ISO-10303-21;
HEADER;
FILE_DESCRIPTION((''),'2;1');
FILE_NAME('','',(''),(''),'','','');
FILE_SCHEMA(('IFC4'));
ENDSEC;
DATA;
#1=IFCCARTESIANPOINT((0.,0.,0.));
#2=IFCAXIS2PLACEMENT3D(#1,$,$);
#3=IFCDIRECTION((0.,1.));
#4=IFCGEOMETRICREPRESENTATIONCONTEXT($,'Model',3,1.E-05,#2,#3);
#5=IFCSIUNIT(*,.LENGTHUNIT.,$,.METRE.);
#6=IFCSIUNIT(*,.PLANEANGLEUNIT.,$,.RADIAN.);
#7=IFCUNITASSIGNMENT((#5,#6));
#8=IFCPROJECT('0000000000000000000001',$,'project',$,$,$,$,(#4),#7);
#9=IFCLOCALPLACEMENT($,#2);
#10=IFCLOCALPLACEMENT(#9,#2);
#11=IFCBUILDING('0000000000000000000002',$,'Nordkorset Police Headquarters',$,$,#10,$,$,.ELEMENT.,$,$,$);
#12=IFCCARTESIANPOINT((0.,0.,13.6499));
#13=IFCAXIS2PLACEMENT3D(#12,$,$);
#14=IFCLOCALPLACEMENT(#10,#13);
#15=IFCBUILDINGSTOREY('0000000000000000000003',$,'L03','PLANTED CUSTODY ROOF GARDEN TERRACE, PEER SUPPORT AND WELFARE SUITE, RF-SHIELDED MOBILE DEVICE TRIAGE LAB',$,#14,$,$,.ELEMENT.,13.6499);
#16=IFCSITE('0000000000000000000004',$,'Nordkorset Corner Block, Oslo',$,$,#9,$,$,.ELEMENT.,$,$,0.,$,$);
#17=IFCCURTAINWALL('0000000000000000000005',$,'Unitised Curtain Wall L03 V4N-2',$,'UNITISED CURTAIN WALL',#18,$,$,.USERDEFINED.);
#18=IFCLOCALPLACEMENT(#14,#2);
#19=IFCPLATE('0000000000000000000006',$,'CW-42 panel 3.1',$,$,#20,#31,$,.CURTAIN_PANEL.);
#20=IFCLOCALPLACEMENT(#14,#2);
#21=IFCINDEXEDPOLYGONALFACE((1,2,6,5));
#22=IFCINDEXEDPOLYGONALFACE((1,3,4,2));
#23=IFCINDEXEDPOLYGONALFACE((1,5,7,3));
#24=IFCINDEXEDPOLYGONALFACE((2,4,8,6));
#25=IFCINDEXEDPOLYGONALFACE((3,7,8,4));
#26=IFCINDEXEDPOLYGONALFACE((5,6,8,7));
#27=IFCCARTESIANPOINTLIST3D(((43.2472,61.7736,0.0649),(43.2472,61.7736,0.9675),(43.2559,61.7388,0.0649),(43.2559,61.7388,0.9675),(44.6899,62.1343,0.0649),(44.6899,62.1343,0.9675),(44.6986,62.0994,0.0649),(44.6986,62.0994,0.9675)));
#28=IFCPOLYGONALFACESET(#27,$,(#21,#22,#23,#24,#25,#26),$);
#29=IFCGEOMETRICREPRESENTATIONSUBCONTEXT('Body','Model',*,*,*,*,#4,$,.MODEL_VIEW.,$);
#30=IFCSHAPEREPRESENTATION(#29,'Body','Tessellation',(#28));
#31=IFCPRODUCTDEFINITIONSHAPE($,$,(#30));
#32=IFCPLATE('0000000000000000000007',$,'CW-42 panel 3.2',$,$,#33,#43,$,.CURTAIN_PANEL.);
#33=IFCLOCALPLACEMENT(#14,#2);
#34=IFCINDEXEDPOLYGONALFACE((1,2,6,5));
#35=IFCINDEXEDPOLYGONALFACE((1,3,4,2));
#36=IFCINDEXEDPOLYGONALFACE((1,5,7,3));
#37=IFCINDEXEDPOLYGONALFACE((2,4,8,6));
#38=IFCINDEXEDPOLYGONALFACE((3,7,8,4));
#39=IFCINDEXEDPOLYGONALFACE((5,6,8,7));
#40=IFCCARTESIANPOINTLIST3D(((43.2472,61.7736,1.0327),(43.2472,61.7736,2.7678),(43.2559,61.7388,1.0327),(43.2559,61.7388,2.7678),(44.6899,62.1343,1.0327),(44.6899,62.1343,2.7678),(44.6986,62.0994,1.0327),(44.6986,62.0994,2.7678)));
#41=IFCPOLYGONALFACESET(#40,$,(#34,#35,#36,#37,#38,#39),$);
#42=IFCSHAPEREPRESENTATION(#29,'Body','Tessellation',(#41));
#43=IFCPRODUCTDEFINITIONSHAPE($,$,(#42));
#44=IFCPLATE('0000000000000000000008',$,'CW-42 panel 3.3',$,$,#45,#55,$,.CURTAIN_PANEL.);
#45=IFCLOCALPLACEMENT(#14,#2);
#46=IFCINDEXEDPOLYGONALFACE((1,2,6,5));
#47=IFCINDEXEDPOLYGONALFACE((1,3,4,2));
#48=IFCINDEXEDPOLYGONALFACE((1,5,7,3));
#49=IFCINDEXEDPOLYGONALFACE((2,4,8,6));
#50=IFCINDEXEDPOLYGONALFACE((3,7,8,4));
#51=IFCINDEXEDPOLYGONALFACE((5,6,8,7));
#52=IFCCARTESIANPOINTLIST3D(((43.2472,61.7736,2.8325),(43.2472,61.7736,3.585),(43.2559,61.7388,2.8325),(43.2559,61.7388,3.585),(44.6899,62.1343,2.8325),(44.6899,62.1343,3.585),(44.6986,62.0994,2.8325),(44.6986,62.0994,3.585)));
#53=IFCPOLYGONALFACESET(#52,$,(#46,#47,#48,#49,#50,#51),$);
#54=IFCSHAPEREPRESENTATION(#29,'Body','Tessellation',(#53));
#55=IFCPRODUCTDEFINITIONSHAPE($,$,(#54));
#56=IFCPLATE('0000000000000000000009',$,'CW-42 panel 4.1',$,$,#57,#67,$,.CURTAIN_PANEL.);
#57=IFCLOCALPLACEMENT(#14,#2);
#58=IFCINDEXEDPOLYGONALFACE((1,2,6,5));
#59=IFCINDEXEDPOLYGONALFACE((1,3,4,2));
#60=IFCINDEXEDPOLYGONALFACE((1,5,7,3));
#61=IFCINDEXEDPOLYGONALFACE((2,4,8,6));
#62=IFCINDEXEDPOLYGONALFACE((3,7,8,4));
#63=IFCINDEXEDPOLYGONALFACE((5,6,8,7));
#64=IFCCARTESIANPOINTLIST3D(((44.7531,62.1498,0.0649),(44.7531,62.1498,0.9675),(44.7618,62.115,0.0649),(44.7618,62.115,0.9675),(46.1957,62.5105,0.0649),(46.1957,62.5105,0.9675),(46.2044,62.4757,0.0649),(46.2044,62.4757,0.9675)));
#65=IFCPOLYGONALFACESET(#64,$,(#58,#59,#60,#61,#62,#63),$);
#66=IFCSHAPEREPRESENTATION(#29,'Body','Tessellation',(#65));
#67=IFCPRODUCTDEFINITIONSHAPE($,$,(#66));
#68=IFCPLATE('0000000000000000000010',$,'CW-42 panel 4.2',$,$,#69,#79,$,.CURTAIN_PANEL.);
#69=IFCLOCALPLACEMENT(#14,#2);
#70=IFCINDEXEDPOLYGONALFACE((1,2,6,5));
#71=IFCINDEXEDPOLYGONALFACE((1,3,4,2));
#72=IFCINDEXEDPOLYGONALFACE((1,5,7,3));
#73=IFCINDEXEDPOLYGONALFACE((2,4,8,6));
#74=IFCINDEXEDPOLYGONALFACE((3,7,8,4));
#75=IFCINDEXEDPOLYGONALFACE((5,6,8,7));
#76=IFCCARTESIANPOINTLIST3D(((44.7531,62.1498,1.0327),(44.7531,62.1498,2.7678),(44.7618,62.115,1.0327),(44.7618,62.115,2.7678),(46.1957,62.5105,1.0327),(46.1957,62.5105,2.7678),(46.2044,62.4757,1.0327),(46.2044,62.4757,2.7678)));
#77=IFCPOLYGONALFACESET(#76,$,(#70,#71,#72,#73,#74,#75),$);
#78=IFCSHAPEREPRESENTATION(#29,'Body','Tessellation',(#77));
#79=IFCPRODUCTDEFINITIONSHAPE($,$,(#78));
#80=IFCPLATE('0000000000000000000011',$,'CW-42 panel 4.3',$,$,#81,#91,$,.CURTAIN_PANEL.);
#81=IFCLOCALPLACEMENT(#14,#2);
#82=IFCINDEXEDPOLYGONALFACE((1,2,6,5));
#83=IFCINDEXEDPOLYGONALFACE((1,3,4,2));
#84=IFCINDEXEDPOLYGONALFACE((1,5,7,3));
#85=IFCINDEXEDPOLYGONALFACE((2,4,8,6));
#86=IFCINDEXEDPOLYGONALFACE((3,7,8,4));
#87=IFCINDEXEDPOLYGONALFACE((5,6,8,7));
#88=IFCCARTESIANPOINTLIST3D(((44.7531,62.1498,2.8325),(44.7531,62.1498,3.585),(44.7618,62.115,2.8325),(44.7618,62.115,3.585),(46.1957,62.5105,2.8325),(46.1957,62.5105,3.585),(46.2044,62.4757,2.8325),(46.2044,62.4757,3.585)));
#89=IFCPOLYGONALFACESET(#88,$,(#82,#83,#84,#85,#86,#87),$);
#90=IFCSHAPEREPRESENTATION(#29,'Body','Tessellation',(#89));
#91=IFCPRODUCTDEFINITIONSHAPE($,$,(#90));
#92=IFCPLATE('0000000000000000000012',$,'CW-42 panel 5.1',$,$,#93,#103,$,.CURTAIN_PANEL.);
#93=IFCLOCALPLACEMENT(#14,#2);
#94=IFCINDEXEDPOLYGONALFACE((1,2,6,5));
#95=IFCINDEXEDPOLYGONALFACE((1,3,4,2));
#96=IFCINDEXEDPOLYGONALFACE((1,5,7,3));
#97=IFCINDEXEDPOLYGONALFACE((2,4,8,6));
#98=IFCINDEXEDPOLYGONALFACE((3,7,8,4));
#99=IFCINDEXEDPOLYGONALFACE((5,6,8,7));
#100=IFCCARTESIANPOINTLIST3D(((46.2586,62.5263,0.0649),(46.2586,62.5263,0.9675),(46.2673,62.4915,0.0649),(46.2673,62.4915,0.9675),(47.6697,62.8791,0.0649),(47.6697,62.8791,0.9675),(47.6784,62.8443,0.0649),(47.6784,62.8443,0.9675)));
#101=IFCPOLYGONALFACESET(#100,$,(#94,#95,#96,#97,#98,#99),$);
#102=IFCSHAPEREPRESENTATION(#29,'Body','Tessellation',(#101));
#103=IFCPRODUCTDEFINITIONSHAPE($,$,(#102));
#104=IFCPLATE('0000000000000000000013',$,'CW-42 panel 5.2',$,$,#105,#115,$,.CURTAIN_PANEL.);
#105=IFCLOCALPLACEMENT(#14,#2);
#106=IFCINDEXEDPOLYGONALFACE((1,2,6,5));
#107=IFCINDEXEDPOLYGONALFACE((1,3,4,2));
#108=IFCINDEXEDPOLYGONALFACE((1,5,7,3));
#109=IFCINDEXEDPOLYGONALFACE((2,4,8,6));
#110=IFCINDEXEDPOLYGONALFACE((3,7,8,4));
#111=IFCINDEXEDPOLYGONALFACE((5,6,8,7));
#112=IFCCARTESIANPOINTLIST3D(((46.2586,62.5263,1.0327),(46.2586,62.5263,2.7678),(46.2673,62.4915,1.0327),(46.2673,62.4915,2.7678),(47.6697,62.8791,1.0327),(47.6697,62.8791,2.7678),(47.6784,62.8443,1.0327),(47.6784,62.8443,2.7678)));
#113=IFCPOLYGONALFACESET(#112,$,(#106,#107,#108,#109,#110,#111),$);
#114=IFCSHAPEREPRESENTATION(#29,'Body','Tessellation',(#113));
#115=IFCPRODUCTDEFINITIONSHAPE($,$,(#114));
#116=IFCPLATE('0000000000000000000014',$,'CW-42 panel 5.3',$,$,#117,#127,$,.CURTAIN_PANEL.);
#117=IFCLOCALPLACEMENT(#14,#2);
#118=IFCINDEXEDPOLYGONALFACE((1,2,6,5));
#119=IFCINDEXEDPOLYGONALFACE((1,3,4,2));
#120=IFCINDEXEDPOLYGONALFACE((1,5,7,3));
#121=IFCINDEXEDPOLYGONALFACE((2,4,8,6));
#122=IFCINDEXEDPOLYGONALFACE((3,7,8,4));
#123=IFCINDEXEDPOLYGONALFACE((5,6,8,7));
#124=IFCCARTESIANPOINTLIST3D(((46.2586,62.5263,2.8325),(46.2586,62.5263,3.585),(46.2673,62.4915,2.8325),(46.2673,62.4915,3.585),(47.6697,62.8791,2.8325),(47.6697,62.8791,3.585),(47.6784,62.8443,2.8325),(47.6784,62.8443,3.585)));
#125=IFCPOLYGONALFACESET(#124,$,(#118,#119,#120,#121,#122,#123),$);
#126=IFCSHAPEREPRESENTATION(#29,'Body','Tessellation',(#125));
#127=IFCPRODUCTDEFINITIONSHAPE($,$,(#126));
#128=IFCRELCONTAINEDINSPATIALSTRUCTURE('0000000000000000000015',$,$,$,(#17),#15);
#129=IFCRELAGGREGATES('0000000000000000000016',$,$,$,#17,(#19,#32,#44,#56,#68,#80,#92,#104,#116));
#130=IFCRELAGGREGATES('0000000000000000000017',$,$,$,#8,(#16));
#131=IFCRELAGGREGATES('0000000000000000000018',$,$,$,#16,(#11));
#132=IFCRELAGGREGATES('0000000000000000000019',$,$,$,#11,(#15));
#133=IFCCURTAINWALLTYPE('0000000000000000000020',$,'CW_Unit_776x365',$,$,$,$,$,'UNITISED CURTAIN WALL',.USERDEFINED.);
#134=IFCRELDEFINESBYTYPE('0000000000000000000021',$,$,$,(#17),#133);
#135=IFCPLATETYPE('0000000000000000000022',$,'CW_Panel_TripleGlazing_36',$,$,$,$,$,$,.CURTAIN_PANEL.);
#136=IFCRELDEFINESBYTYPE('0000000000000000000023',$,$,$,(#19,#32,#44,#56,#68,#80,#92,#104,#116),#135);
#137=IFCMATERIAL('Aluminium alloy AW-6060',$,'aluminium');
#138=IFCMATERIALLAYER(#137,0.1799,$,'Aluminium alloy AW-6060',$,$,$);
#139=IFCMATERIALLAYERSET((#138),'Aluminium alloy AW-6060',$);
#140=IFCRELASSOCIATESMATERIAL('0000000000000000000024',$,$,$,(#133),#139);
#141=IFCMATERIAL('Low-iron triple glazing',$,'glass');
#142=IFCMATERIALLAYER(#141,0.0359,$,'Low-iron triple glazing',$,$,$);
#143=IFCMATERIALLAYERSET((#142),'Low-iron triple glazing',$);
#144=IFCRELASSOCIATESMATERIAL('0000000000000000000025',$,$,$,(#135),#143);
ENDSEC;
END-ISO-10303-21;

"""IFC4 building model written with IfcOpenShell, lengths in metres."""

from ifc_helpers import new_model, si_unit, direction, frame, origin, origin_2d, place, context, subcontext, project, spatial, rectangle, extrude, material, layer, layer_set, type_object, element, aggregate, save


model = new_model("IFC4")

# Units and contexts
model_context = context("Model", 3, precision=1e-05, world=origin(), true_north=direction((0.0, 1.0)))
body_context = subcontext(model_context, "Body", "Model", "MODEL_VIEW")
ifc_project = project(units=[si_unit("LENGTHUNIT", "METRE"), si_unit("PLANEANGLEUNIT", "RADIAN")], contexts=[model_context])

# Site, building, storey
site_placement = place(None, origin())
site = spatial("IfcSite", under=ifc_project, at=site_placement, Name="Nordkorset Corner Block, Oslo", CompositionType="ELEMENT", RefElevation=0.0)
building_placement = place(site_placement, origin())
building = spatial("IfcBuilding", under=site, at=building_placement, Name="Nordkorset Police Headquarters", CompositionType="ELEMENT")
storey_placement = place(building_placement, frame((0.0, 0.0, 13.6499)))
storey = spatial("IfcBuildingStorey", under=building, at=storey_placement, Name="L03", Description="PLANTED CUSTODY ROOF GARDEN TERRACE, PEER SUPPORT AND WELFARE SUITE, RF-SHIELDED MOBILE DEVICE TRIAGE LAB", CompositionType="ELEMENT", Elevation=13.6499)

# Curtain wall, plates
ifc_material_1 = material(Name="Aluminium alloy AW-6060", Category="aluminium")
ifc_layer_1 = layer(ifc_material_1, 0.1799, Name="Aluminium alloy AW-6060")
ifc_layer_set_1 = layer_set([ifc_layer_1], Name="Aluminium alloy AW-6060")
curtain_wall_type = type_object("IfcCurtainWallType", Name="CW_Unit_776x365", ElementType="UNITISED CURTAIN WALL", PredefinedType="USERDEFINED", material=ifc_layer_set_1)
curtain_wall_placement = place(storey_placement, origin())
curtain_wall = element("IfcCurtainWall", 1, at=curtain_wall_placement, inside=storey, type_object=curtain_wall_type, Name="Unitised Curtain Wall L03 V4N-2", ObjectType="UNITISED CURTAIN WALL", PredefinedType="USERDEFINED")
ifc_material_2 = material(Name="Low-iron triple glazing", Category="glass")
ifc_layer_2 = layer(ifc_material_2, 0.0359, Name="Low-iron triple glazing")
ifc_layer_set_2 = layer_set([ifc_layer_2], Name="Low-iron triple glazing")
plate_type = type_object("IfcPlateType", Name="CW_Panel_TripleGlazing_36", PredefinedType="CURTAIN_PANEL", material=ifc_layer_set_2)
plate_1_placement = place(storey_placement, frame((43.9729, 61.9365, 0.0649), z_axis=(0.0, 0.0, 1.0), x_axis=(0.970142, 0.242536, 0.0)))
plate_1 = element("IfcPlate", 2, at=plate_1_placement, type_object=plate_type, Name="CW-42 panel 3.1", PredefinedType="CURTAIN_PANEL", context=body_context, shape_type="SweptSolid", body=[
    extrude(rectangle(XDim=1.4871, YDim=0.0359, at=origin_2d()), origin(), (0.0, 0.0, 1.0), 0.9026),
])
plate_2_placement = place(storey_placement, frame((43.9729, 61.9365, 1.0327), z_axis=(0.0, 0.0, 1.0), x_axis=(0.970142, 0.242536, 0.0)))
plate_2 = element("IfcPlate", 3, at=plate_2_placement, type_object=plate_type, Name="CW-42 panel 3.2", PredefinedType="CURTAIN_PANEL", context=body_context, shape_type="SweptSolid", body=[
    extrude(rectangle(XDim=1.4871, YDim=0.0359, at=origin_2d()), origin(), (0.0, 0.0, 1.0), 1.7351),
])
plate_3_placement = place(storey_placement, frame((43.9729, 61.9365, 2.8325), z_axis=(0.0, 0.0, 1.0), x_axis=(0.970142, 0.242536, 0.0)))
plate_3 = element("IfcPlate", 4, at=plate_3_placement, type_object=plate_type, Name="CW-42 panel 3.3", PredefinedType="CURTAIN_PANEL", context=body_context, shape_type="SweptSolid", body=[
    extrude(rectangle(XDim=1.4871, YDim=0.0359, at=origin_2d()), origin(), (0.0, 0.0, 1.0), 0.7524),
])
plate_4_placement = place(storey_placement, frame((45.4788, 62.3127, 0.0649), z_axis=(0.0, 0.0, 1.0), x_axis=(0.970142, 0.242536, 0.0)))
plate_4 = element("IfcPlate", 5, at=plate_4_placement, type_object=plate_type, Name="CW-42 panel 4.1", PredefinedType="CURTAIN_PANEL", context=body_context, shape_type="SweptSolid", body=[
    extrude(rectangle(XDim=1.4871, YDim=0.0359, at=origin_2d()), origin(), (0.0, 0.0, 1.0), 0.9026),
])
plate_5_placement = place(storey_placement, frame((45.4788, 62.3127, 1.0327), z_axis=(0.0, 0.0, 1.0), x_axis=(0.970142, 0.242536, 0.0)))
plate_5 = element("IfcPlate", 6, at=plate_5_placement, type_object=plate_type, Name="CW-42 panel 4.2", PredefinedType="CURTAIN_PANEL", context=body_context, shape_type="SweptSolid", body=[
    extrude(rectangle(XDim=1.4871, YDim=0.0359, at=origin_2d()), origin(), (0.0, 0.0, 1.0), 1.7351),
])
plate_6_placement = place(storey_placement, frame((45.4788, 62.3127, 2.8325), z_axis=(0.0, 0.0, 1.0), x_axis=(0.970142, 0.242536, 0.0)))
plate_6 = element("IfcPlate", 7, at=plate_6_placement, type_object=plate_type, Name="CW-42 panel 4.3", PredefinedType="CURTAIN_PANEL", context=body_context, shape_type="SweptSolid", body=[
    extrude(rectangle(XDim=1.4871, YDim=0.0359, at=origin_2d()), origin(), (0.0, 0.0, 1.0), 0.7524),
])
plate_7_placement = place(storey_placement, frame((46.9685, 62.6853, 0.0649), z_axis=(0.0, 0.0, 1.0), x_axis=(0.970142, 0.242536, 0.0)))
plate_7 = element("IfcPlate", 8, at=plate_7_placement, type_object=plate_type, Name="CW-42 panel 5.1", PredefinedType="CURTAIN_PANEL", context=body_context, shape_type="SweptSolid", body=[
    extrude(rectangle(XDim=1.4546, YDim=0.0359, at=origin_2d()), origin(), (0.0, 0.0, 1.0), 0.9026),
])
plate_8_placement = place(storey_placement, frame((46.9685, 62.6853, 1.0327), z_axis=(0.0, 0.0, 1.0), x_axis=(0.970142, 0.242536, 0.0)))
plate_8 = element("IfcPlate", 9, at=plate_8_placement, type_object=plate_type, Name="CW-42 panel 5.2", PredefinedType="CURTAIN_PANEL", context=body_context, shape_type="SweptSolid", body=[
    extrude(rectangle(XDim=1.4546, YDim=0.0359, at=origin_2d()), origin(), (0.0, 0.0, 1.0), 1.7351),
])
plate_9_placement = place(storey_placement, frame((46.9685, 62.6853, 2.8325), z_axis=(0.0, 0.0, 1.0), x_axis=(0.970142, 0.242536, 0.0)))
plate_9 = element("IfcPlate", 10, at=plate_9_placement, type_object=plate_type, Name="CW-42 panel 5.3", PredefinedType="CURTAIN_PANEL", context=body_context, shape_type="SweptSolid", body=[
    extrude(rectangle(XDim=1.4546, YDim=0.0359, at=origin_2d()), origin(), (0.0, 0.0, 1.0), 0.7524),
])
aggregate(curtain_wall, [plate_1, plate_2, plate_3, plate_4, plate_5, plate_6, plate_7, plate_8, plate_9])

save(model, "model.ifc")
